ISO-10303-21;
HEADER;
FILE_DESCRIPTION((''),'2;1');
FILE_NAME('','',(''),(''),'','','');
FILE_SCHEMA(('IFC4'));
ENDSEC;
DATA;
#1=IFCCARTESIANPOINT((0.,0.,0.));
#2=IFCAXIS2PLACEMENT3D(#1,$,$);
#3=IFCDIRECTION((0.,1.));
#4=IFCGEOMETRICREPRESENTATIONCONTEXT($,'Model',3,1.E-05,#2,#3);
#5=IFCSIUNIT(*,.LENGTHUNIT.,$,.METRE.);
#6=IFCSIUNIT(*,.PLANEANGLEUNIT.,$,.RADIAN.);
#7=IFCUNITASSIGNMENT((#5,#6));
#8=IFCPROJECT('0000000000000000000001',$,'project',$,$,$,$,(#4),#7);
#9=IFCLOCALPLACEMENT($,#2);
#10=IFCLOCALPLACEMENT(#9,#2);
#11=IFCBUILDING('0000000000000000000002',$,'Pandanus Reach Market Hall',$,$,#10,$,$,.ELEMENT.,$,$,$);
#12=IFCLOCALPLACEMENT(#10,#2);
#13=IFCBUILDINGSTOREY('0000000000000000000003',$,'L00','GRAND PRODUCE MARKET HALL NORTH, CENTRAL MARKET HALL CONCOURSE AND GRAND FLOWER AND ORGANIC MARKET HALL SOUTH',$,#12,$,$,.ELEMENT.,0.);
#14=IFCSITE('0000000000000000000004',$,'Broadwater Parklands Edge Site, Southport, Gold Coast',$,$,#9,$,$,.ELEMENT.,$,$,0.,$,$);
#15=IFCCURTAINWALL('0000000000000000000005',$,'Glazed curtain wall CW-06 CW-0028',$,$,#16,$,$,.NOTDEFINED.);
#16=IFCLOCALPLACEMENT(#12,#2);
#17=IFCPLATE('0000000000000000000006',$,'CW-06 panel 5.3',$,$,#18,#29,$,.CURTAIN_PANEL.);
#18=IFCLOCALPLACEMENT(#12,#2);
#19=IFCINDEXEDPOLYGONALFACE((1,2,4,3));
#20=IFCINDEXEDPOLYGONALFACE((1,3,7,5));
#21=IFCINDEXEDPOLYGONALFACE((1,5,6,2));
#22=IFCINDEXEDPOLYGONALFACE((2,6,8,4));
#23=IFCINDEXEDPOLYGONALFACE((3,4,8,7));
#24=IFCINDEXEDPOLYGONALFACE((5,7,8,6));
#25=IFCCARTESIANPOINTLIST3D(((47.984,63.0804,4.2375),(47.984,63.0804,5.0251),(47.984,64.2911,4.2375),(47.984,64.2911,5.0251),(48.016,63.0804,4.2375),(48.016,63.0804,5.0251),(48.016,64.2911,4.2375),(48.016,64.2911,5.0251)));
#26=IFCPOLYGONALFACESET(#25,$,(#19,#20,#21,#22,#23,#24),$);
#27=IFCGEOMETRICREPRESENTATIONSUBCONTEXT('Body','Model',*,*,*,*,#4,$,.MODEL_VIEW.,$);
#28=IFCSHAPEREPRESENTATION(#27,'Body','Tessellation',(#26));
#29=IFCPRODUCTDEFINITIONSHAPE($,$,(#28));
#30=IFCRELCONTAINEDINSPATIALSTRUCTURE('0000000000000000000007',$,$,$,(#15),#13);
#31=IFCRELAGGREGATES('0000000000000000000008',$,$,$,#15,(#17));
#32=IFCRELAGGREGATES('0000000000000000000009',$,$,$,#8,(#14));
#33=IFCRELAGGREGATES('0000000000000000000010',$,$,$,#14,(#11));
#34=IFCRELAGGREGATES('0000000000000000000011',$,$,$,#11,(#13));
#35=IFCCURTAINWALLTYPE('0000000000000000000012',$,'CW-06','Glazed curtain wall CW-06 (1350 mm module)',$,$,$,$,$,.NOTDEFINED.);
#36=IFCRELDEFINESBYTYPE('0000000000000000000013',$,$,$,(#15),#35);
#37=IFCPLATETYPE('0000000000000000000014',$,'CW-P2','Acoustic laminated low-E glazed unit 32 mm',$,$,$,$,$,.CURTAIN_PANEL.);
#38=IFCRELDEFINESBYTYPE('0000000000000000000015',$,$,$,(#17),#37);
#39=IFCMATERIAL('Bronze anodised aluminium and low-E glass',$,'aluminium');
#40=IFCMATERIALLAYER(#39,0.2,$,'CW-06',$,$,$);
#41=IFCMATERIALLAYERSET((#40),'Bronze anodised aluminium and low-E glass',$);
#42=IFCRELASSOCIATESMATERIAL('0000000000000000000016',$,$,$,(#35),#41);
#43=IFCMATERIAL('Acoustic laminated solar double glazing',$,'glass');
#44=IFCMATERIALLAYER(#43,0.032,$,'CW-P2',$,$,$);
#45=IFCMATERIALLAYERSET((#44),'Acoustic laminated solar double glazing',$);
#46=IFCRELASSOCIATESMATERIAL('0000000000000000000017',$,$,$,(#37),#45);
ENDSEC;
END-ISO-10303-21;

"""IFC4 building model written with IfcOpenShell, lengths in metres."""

from ifc_helpers import new_model, si_unit, direction, frame, origin, origin_2d, place, context, subcontext, project, spatial, rectangle, extrude, material, layer, layer_set, type_object, element, aggregate, save


model = new_model("IFC4")

# Units and contexts
model_context = context("Model", 3, precision=1e-05, world=origin(), true_north=direction((0.0, 1.0)))
body_context = subcontext(model_context, "Body", "Model", "MODEL_VIEW")
ifc_project = project(units=[si_unit("LENGTHUNIT", "METRE"), si_unit("PLANEANGLEUNIT", "RADIAN")], contexts=[model_context])

# Site, building, storey
site_placement = place(None, origin())
site = spatial("IfcSite", under=ifc_project, at=site_placement, Name="Broadwater Parklands Edge Site, Southport, Gold Coast", CompositionType="ELEMENT", RefElevation=0.0)
building_placement = place(site_placement, origin())
building = spatial("IfcBuilding", under=site, at=building_placement, Name="Pandanus Reach Market Hall", CompositionType="ELEMENT")
storey_placement = place(building_placement, origin())
storey = spatial("IfcBuildingStorey", under=building, at=storey_placement, Name="L00", Description="GRAND PRODUCE MARKET HALL NORTH, CENTRAL MARKET HALL CONCOURSE AND GRAND FLOWER AND ORGANIC MARKET HALL SOUTH", CompositionType="ELEMENT", Elevation=0.0)

# Curtain wall, plate
ifc_material_1 = material(Name="Bronze anodised aluminium and low-E glass", Category="aluminium")
ifc_layer_1 = layer(ifc_material_1, 0.2, Name="CW-06")
ifc_layer_set_1 = layer_set([ifc_layer_1], Name="Bronze anodised aluminium and low-E glass")
curtain_wall_type = type_object("IfcCurtainWallType", Name="CW-06", Description="Glazed curtain wall CW-06 (1350 mm module)", PredefinedType="NOTDEFINED", material=ifc_layer_set_1)
curtain_wall_placement = place(storey_placement, origin())
curtain_wall = element("IfcCurtainWall", 1, at=curtain_wall_placement, inside=storey, type_object=curtain_wall_type, Name="Glazed curtain wall CW-06 CW-0028", PredefinedType="NOTDEFINED")
ifc_material_2 = material(Name="Acoustic laminated solar double glazing", Category="glass")
ifc_layer_2 = layer(ifc_material_2, 0.032, Name="CW-P2")
ifc_layer_set_2 = layer_set([ifc_layer_2], Name="Acoustic laminated solar double glazing")
plate_type = type_object("IfcPlateType", Name="CW-P2", Description="Acoustic laminated low-E glazed unit 32 mm", PredefinedType="CURTAIN_PANEL", material=ifc_layer_set_2)
plate_1_placement = place(storey_placement, frame((48.0, 63.6858, 4.2375), z_axis=(0.0, 0.0, 1.0), x_axis=(0.0, 1.0, 0.0)))
plate_1 = element("IfcPlate", 2, at=plate_1_placement, type_object=plate_type, Name="CW-06 panel 5.3", PredefinedType="CURTAIN_PANEL", context=body_context, shape_type="SweptSolid", body=[
    extrude(rectangle(XDim=1.2107, YDim=0.032, at=origin_2d()), origin(), (0.0, 0.0, 1.0), 0.7876),
])
aggregate(curtain_wall, [plate_1])

save(model, "model.ifc")
